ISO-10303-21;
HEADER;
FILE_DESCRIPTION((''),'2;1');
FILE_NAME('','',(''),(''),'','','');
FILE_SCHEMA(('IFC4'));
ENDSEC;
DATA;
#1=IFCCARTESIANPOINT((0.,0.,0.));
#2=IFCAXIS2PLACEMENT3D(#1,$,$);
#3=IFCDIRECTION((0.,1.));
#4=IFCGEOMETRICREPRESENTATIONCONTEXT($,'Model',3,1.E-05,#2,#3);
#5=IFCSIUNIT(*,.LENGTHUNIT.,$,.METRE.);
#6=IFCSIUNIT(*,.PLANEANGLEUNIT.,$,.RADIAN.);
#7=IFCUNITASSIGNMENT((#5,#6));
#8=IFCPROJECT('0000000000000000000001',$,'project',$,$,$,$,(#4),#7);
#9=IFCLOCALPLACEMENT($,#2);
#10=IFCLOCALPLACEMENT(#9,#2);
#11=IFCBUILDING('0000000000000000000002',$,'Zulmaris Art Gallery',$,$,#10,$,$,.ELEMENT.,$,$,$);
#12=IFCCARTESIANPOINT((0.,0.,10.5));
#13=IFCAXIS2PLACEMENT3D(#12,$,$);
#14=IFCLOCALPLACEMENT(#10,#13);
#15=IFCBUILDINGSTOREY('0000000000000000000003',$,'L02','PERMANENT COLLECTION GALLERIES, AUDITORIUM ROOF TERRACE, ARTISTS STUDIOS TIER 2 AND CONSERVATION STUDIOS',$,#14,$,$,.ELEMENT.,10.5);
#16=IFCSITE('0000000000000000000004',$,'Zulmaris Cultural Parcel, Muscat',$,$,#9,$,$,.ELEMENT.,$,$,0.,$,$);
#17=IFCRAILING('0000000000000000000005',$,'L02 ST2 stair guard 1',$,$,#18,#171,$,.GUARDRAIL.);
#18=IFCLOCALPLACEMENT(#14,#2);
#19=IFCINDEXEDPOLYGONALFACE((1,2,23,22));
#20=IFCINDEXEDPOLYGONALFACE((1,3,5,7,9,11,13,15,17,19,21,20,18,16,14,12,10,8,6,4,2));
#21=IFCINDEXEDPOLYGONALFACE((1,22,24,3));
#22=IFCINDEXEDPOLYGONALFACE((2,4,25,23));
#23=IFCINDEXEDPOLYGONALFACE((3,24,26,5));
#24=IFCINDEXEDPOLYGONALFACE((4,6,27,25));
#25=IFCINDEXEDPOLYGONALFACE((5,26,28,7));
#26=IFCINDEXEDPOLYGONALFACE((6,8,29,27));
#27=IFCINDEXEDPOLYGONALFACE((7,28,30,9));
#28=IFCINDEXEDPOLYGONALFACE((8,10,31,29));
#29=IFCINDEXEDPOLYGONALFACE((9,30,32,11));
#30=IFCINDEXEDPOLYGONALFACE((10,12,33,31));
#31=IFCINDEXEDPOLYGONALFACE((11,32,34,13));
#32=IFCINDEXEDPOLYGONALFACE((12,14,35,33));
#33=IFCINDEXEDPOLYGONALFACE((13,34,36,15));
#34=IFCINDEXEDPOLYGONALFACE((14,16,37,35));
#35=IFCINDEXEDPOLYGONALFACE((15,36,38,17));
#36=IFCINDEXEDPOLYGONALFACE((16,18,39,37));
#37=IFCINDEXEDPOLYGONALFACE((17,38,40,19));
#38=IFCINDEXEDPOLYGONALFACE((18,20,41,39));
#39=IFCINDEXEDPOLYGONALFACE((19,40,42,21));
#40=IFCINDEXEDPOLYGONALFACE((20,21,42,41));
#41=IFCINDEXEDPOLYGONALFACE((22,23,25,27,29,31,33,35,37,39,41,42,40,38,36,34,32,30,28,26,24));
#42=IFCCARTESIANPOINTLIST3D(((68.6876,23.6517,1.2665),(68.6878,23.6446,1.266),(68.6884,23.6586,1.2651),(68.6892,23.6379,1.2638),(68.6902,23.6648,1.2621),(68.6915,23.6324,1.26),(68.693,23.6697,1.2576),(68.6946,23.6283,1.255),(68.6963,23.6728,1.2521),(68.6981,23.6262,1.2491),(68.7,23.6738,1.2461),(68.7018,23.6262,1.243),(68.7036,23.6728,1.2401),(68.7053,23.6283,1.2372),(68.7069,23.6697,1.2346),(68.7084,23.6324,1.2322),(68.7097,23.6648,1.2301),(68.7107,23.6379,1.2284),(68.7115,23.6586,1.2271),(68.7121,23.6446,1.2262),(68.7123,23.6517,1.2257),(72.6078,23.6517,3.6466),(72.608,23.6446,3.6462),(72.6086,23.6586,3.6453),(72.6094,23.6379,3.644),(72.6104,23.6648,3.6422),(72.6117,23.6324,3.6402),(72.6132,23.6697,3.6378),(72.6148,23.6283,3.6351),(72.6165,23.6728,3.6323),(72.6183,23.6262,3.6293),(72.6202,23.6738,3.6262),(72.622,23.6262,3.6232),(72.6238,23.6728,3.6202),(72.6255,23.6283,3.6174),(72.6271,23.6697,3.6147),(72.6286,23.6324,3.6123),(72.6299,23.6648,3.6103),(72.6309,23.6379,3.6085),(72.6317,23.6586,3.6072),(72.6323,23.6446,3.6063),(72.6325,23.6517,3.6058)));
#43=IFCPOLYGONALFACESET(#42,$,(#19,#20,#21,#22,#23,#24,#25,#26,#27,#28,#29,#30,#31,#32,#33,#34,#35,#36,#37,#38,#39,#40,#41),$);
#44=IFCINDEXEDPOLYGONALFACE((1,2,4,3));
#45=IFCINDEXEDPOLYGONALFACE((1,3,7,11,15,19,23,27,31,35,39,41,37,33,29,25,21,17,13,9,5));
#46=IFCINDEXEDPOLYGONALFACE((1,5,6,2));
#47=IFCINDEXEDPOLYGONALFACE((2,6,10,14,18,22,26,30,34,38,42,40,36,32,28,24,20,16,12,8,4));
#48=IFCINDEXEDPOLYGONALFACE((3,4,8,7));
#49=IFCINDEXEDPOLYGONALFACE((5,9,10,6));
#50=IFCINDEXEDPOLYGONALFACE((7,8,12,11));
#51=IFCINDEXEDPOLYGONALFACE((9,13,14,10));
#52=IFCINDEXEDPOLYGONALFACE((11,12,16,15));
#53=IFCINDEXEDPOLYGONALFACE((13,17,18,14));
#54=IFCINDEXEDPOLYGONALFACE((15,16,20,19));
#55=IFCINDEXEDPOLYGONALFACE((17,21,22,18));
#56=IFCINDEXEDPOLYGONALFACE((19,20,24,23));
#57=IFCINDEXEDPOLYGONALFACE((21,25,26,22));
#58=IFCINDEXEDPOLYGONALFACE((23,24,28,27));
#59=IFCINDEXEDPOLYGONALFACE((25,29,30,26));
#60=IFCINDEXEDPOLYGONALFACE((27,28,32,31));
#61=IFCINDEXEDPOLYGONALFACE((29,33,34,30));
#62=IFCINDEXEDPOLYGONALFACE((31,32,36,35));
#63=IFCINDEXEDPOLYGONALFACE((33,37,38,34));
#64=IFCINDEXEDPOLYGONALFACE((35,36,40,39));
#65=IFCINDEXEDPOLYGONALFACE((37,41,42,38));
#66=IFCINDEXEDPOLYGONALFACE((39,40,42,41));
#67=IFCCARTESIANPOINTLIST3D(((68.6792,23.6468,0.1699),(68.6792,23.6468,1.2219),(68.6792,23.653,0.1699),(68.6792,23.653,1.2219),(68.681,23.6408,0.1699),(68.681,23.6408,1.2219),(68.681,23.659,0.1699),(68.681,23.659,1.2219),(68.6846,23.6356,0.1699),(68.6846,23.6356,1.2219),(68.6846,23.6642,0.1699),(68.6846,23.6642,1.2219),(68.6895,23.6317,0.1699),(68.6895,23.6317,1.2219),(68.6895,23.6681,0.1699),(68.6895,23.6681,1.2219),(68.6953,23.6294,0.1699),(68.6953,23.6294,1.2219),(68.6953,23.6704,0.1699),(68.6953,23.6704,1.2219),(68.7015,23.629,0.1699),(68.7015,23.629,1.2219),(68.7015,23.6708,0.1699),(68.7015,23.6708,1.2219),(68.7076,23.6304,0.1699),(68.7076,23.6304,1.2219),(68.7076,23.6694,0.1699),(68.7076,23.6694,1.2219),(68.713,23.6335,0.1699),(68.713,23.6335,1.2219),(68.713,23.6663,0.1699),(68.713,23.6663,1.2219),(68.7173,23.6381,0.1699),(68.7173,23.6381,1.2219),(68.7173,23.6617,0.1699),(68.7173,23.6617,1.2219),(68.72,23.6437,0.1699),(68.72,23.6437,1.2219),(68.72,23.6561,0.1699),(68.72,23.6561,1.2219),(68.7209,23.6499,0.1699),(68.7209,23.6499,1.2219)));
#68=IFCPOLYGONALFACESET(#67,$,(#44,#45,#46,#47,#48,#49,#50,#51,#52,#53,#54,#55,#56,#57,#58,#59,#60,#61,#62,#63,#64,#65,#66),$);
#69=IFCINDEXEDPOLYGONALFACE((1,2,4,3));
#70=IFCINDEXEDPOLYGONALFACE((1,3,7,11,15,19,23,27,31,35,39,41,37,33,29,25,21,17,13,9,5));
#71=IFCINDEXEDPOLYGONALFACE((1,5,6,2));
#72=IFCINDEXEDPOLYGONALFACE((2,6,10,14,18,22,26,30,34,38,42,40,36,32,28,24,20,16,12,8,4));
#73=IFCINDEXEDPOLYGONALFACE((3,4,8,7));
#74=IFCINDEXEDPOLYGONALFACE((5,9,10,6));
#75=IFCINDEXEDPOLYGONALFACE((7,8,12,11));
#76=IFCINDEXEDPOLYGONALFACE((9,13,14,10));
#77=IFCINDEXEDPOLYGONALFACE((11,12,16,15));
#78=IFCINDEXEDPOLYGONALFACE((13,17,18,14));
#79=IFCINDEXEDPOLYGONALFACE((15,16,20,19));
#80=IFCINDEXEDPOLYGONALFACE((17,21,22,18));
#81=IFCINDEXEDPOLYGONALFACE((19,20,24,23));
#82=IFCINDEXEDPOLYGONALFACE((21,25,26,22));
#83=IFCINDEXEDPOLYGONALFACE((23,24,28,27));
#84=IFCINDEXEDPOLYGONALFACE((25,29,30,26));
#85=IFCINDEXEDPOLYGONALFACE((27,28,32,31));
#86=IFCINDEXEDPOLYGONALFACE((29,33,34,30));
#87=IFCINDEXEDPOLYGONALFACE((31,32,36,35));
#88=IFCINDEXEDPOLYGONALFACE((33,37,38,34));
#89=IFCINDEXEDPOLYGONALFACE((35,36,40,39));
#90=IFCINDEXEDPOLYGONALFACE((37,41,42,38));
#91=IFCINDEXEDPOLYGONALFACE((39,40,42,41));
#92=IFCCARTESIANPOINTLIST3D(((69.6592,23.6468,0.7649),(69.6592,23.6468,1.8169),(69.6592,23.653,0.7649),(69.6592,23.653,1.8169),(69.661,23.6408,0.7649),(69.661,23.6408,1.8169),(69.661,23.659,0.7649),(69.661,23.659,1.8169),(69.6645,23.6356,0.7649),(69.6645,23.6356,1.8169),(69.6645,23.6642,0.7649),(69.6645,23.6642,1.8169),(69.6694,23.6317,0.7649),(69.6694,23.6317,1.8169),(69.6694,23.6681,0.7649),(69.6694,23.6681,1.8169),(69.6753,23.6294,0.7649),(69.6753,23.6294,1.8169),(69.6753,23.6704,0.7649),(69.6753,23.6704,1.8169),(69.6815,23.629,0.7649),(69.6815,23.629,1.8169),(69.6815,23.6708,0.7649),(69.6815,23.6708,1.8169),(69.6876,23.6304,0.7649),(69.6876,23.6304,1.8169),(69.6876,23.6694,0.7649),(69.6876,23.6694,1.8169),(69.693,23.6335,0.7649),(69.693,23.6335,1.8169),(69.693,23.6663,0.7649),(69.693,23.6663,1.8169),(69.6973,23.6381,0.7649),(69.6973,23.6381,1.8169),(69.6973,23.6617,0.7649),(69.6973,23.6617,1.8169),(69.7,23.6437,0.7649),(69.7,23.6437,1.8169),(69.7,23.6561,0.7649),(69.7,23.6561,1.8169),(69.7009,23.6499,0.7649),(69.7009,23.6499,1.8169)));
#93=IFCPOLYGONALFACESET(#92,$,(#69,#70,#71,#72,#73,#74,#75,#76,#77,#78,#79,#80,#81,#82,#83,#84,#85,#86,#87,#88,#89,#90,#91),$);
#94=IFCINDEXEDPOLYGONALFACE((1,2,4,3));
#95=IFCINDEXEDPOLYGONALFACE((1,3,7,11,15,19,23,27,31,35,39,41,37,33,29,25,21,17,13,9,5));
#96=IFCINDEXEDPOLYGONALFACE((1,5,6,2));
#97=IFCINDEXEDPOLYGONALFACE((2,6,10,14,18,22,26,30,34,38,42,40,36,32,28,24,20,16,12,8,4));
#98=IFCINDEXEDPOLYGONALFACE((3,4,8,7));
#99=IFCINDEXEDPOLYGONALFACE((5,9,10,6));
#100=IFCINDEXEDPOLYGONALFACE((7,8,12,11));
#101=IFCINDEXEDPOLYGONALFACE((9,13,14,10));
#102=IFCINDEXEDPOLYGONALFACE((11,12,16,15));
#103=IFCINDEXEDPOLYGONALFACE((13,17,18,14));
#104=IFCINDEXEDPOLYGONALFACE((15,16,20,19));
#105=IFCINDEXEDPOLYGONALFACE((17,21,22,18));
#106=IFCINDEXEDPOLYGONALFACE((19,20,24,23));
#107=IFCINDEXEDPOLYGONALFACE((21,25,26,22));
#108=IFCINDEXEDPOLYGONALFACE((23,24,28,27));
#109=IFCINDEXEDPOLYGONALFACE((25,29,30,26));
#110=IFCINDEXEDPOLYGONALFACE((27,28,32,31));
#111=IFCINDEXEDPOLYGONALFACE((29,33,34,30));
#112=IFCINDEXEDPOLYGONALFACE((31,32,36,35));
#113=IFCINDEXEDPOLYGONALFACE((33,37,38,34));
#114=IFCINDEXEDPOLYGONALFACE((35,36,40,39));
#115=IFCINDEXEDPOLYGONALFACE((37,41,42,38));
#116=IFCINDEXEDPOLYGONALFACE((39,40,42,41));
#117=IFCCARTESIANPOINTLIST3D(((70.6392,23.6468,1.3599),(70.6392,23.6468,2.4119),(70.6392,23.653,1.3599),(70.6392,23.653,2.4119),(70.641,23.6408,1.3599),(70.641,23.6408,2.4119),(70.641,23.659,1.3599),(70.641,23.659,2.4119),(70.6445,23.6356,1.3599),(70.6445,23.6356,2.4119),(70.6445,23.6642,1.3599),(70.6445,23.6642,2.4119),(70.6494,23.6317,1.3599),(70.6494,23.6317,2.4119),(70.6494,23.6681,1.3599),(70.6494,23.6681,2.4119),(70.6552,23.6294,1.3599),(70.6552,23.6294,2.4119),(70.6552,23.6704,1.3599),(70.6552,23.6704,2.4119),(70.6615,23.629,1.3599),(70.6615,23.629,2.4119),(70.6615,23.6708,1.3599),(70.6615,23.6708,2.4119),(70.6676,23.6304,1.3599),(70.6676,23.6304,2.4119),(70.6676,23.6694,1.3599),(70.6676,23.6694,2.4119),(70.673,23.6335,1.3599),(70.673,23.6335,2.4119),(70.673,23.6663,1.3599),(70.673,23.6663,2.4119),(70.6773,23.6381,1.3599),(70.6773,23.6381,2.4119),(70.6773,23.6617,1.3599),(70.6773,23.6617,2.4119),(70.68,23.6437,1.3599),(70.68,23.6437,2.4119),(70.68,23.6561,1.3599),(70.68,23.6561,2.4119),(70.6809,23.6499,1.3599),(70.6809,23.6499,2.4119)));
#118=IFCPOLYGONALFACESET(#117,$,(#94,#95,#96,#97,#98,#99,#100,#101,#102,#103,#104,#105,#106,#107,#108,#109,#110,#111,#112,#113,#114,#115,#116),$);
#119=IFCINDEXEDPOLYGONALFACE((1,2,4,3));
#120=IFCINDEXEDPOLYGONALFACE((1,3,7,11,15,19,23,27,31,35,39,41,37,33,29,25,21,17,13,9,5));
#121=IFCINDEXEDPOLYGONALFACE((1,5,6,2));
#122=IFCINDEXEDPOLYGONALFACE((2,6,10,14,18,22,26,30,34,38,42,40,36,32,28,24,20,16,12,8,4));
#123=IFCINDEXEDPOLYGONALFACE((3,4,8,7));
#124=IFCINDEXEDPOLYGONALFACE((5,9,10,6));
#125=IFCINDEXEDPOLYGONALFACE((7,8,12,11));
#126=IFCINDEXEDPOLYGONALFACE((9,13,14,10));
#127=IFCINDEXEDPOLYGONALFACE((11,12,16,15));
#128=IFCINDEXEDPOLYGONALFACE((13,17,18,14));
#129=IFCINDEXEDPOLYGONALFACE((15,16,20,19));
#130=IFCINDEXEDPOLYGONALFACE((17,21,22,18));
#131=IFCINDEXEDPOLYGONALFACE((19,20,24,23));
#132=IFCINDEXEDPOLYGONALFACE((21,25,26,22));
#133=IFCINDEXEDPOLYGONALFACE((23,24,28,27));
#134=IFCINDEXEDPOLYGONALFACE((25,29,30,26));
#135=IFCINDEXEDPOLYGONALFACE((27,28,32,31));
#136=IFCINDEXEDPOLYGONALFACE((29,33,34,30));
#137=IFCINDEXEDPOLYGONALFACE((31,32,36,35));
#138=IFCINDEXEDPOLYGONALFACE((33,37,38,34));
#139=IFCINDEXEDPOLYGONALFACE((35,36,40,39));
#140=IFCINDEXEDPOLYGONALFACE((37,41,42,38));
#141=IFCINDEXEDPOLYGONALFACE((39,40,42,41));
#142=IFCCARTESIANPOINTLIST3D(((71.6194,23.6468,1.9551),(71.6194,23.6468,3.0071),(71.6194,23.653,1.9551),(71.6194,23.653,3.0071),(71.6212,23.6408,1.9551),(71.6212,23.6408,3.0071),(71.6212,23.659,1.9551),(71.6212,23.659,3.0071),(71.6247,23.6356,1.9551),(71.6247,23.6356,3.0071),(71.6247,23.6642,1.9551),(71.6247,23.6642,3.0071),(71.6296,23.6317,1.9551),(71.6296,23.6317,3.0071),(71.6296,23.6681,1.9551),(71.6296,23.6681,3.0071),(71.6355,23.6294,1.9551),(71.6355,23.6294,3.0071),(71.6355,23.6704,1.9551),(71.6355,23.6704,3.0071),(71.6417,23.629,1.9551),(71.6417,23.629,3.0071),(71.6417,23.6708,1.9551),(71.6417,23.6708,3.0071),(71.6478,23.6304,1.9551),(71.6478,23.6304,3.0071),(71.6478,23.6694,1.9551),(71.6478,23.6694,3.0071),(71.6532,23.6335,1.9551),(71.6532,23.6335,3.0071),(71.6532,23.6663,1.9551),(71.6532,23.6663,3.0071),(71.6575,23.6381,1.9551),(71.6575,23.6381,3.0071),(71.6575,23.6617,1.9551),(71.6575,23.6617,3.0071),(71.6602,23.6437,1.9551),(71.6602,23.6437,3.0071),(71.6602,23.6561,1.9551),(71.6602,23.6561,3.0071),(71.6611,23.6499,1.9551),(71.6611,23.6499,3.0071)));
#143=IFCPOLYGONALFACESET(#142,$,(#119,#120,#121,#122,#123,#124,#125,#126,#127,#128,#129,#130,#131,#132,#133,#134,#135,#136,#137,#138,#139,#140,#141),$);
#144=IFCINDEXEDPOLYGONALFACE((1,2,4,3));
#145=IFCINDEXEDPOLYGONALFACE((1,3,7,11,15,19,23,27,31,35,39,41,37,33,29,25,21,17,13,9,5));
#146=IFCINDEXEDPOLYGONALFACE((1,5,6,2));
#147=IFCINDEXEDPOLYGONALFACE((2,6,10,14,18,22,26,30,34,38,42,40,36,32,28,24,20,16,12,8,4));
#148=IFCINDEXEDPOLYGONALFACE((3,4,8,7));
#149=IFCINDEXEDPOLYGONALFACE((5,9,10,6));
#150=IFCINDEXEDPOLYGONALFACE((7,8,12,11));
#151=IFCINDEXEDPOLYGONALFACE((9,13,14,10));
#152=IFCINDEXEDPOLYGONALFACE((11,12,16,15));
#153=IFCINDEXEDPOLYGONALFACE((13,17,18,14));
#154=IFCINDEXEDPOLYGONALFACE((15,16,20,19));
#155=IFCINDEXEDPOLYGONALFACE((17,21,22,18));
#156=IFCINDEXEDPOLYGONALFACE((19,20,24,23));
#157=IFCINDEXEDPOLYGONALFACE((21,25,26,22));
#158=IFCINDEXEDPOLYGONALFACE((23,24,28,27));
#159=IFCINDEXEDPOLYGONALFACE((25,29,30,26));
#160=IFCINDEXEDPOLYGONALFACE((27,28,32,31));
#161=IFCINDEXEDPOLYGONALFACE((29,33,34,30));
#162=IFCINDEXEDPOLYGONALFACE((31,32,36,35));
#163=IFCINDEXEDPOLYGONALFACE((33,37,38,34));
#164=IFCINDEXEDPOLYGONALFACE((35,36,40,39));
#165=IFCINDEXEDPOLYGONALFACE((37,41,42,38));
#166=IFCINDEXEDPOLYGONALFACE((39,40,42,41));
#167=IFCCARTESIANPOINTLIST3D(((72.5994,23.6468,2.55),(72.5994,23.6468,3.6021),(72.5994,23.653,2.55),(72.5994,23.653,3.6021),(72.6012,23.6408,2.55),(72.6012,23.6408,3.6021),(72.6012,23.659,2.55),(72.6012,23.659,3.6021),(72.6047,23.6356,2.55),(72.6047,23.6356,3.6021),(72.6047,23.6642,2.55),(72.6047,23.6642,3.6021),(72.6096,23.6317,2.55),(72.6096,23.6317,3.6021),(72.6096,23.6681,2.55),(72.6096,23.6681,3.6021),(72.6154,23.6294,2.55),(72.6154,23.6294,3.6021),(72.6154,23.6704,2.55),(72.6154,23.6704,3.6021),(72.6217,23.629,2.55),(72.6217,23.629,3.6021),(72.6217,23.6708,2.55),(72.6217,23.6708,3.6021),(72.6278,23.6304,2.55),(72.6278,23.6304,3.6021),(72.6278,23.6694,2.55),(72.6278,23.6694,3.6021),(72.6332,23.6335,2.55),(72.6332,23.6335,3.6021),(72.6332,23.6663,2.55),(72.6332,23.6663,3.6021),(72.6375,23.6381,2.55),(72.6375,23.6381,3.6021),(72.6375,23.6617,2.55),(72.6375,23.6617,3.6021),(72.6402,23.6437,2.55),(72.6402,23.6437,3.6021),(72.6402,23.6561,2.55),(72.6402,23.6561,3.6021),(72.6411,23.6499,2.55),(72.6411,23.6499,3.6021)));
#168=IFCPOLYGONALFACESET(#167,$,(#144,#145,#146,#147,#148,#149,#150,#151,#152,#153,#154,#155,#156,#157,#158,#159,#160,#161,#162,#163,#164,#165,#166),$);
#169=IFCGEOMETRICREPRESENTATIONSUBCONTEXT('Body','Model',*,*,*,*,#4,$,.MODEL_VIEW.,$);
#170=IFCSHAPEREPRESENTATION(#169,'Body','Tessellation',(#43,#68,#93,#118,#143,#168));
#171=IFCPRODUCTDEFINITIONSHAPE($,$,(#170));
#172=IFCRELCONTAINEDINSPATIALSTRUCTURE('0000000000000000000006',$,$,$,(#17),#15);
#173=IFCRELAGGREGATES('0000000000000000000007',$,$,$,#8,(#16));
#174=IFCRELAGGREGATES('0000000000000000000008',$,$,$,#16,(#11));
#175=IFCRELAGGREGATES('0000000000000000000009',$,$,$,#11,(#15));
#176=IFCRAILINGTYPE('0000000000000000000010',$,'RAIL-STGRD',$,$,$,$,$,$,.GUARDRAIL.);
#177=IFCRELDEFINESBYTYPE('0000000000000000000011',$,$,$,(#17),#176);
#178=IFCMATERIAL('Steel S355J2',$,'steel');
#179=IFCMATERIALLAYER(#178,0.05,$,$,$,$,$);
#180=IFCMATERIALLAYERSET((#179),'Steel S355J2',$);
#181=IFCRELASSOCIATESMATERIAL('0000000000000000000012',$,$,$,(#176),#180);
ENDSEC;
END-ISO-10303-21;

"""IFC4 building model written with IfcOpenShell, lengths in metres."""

from ifc_helpers import new_model, si_unit, direction, frame, origin, origin_2d, place, context, subcontext, project, spatial, circle, extrude, material, layer, layer_set, type_object, element, save


model = new_model("IFC4")

# Units and contexts
model_context = context("Model", 3, precision=1e-05, world=origin(), true_north=direction((0.0, 1.0)))
body_context = subcontext(model_context, "Body", "Model", "MODEL_VIEW")
ifc_project = project(units=[si_unit("LENGTHUNIT", "METRE"), si_unit("PLANEANGLEUNIT", "RADIAN")], contexts=[model_context])

# Site, building, storey
site_placement = place(None, origin())
site = spatial("IfcSite", under=ifc_project, at=site_placement, Name="Zulmaris Cultural Parcel, Muscat", CompositionType="ELEMENT", RefElevation=0.0)
building_placement = place(site_placement, origin())
building = spatial("IfcBuilding", under=site, at=building_placement, Name="Zulmaris Art Gallery", CompositionType="ELEMENT")
storey_placement = place(building_placement, frame((0.0, 0.0, 10.5)))
storey = spatial("IfcBuildingStorey", under=building, at=storey_placement, Name="L02", Description="PERMANENT COLLECTION GALLERIES, AUDITORIUM ROOF TERRACE, ARTISTS STUDIOS TIER 2 AND CONSERVATION STUDIOS", CompositionType="ELEMENT", Elevation=10.5)

# Shared definitions
ifc_material_1 = material(Name="Steel S355J2", Category="steel")

# Railing
ifc_layer_1 = layer(ifc_material_1, 0.05)
ifc_layer_set_1 = layer_set([ifc_layer_1], Name="Steel S355J2")
railing_type_1 = type_object("IfcRailingType", Name="RAIL-STGRD", PredefinedType="GUARDRAIL", material=ifc_layer_set_1)
railing_1_placement = place(storey_placement, frame((68.7, 23.6499, 0.1699)))
element("IfcRailing", 1, at=railing_1_placement, inside=storey, type_object=railing_type_1, Name="L02 ST2 stair guard 1", PredefinedType="GUARDRAIL", context=body_context, shape_type="SweptSolid", body=[
    extrude(circle(Radius=0.0239, at=origin_2d()), frame((0.0, 0.0, 1.0762), z_axis=(0.854785, 0.0, 0.518982), x_axis=(0.0, 1.0, 0.0)), (0.0, 0.0, 1.0), 4.5862),
    extrude(circle(Radius=0.021, at=origin_2d()), origin(), (0.0, 0.0, 1.0), 1.052),
    extrude(circle(Radius=0.021, at=origin_2d()), frame((0.98, 0.0, 0.595)), (0.0, 0.0, 1.0), 1.052),
    extrude(circle(Radius=0.021, at=origin_2d()), frame((1.96, 0.0, 1.1899)), (0.0, 0.0, 1.0), 1.052),
    extrude(circle(Radius=0.021, at=origin_2d()), frame((2.9402, 0.0, 1.7852)), (0.0, 0.0, 1.0), 1.052),
    extrude(circle(Radius=0.021, at=origin_2d()), frame((3.9202, 0.0, 2.3801)), (0.0, 0.0, 1.0), 1.052),
])

save(model, "model.ifc")
